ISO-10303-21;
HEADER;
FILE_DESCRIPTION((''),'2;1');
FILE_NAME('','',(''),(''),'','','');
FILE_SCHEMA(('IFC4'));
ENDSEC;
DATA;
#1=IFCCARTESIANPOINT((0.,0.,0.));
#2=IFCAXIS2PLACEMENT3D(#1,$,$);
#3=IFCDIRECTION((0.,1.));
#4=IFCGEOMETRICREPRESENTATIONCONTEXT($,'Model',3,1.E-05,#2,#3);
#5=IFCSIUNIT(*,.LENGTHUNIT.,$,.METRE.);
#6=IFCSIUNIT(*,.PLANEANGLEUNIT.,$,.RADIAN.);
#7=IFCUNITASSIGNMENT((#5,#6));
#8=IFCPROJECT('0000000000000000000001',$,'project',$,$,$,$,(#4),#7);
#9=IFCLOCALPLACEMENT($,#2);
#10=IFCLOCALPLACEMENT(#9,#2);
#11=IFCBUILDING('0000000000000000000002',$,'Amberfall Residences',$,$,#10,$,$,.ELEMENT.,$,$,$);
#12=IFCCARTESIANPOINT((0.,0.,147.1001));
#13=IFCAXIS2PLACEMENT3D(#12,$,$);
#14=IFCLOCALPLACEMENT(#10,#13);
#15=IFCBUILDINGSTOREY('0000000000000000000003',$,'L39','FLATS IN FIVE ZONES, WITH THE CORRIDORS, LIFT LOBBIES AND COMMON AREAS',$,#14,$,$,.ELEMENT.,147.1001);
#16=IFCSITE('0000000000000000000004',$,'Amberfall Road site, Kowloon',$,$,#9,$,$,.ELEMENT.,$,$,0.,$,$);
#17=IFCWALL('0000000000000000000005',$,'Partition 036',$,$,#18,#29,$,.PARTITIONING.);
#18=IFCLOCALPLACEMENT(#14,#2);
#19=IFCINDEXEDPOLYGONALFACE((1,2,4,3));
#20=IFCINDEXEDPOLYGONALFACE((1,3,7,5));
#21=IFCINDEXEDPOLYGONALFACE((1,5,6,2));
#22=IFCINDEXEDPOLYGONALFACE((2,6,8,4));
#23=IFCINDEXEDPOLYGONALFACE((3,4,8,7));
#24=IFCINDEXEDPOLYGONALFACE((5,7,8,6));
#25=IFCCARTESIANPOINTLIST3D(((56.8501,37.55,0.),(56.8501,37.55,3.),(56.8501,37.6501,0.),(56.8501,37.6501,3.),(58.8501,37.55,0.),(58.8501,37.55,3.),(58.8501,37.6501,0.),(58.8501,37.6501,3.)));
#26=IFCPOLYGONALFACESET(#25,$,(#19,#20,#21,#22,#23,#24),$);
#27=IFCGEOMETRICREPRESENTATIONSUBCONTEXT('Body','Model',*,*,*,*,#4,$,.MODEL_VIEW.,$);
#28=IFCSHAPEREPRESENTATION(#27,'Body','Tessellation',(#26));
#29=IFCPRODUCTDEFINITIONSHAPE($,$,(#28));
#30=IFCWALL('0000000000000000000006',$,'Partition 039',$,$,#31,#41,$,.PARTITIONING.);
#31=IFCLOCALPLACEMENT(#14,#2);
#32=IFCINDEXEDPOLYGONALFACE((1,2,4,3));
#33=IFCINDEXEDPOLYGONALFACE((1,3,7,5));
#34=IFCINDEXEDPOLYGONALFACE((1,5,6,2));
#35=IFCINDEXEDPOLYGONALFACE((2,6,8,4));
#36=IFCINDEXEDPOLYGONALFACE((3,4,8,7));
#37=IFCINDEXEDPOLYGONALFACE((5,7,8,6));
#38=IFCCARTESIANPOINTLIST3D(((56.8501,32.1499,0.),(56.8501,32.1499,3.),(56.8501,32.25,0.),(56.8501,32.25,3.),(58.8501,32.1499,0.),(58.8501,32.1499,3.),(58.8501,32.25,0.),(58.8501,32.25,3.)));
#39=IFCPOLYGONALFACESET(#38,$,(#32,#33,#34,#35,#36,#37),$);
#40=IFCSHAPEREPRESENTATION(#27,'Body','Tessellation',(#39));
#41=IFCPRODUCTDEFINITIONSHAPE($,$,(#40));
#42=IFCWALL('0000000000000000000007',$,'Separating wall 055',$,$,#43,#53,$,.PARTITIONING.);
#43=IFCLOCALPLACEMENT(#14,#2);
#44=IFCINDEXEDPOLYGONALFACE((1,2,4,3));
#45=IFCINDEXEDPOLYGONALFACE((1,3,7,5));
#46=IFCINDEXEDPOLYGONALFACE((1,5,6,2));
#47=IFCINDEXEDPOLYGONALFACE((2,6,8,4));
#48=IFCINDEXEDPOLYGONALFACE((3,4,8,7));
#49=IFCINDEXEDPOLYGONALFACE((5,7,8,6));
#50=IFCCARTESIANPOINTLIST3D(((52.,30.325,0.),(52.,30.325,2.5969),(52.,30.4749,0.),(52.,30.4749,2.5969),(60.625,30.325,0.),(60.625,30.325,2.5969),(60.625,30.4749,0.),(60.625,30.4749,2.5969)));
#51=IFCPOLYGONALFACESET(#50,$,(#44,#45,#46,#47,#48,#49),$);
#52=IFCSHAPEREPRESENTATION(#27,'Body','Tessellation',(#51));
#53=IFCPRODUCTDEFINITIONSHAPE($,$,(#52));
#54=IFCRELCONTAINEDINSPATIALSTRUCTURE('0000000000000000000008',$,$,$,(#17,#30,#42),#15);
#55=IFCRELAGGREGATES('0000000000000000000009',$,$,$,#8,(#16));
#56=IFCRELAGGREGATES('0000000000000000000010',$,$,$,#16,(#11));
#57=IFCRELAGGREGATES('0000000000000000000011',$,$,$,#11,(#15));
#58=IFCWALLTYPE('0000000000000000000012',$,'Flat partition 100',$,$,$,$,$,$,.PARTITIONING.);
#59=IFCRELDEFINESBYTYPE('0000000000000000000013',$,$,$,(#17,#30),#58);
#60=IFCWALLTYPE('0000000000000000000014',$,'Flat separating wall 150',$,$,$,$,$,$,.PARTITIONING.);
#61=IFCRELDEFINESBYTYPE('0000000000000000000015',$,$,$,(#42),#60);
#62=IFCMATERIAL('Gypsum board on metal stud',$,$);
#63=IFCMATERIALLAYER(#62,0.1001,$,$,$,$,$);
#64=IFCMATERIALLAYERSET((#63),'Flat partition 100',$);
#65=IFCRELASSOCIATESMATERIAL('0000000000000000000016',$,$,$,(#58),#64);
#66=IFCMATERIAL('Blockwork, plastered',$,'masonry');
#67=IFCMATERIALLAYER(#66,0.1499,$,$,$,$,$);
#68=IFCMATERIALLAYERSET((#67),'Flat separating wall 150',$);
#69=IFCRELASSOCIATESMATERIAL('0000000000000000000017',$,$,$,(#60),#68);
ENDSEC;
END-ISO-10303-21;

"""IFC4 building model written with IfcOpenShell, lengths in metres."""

from ifc_helpers import new_model, si_unit, direction, frame, frame_2d, origin, place, context, subcontext, project, spatial, rectangle, extrude, material, layer, layer_set, type_object, element, save


model = new_model("IFC4")

# Units and contexts
model_context = context("Model", 3, precision=1e-05, world=origin(), true_north=direction((0.0, 1.0)))
body_context = subcontext(model_context, "Body", "Model", "MODEL_VIEW")
ifc_project = project(units=[si_unit("LENGTHUNIT", "METRE"), si_unit("PLANEANGLEUNIT", "RADIAN")], contexts=[model_context])

# Site, building, storey
site_placement = place(None, origin())
site = spatial("IfcSite", under=ifc_project, at=site_placement, Name="Amberfall Road site, Kowloon", CompositionType="ELEMENT", RefElevation=0.0)
building_placement = place(site_placement, origin())
building = spatial("IfcBuilding", under=site, at=building_placement, Name="Amberfall Residences", CompositionType="ELEMENT")
storey_placement = place(building_placement, frame((0.0, 0.0, 147.1001)))
storey = spatial("IfcBuildingStorey", under=building, at=storey_placement, Name="L39", Description="FLATS IN FIVE ZONES, WITH THE CORRIDORS, LIFT LOBBIES AND COMMON AREAS", CompositionType="ELEMENT", Elevation=147.1001)

# Shared definitions
ifc_material_1 = material(Name="Gypsum board on metal stud")
ifc_layer_1 = layer(ifc_material_1, 0.1001)
ifc_layer_set_1 = layer_set([ifc_layer_1], Name="Flat partition 100")
wall_type_1 = type_object("IfcWallType", Name="Flat partition 100", PredefinedType="PARTITIONING", material=ifc_layer_set_1)

# Walls
for number, where, z_axis, x_axis, name in (
    (1, (56.8501, 37.6001, 0.0), (0.0, 0.0, 1.0), (1.0, 0.0, 0.0), "Partition 036"),
    (2, (56.8501, 32.2, 0.0), (0.0, 0.0, 1.0), (1.0, 0.0, 0.0), "Partition 039"),
):
    element("IfcWall", number, at=place(storey_placement, frame(where, z_axis=z_axis, x_axis=x_axis)), inside=storey, type_object=wall_type_1, Name=name, PredefinedType="PARTITIONING", context=body_context, shape_type="SweptSolid", body=[
        extrude(rectangle(XDim=2.0, YDim=0.1001, at=frame_2d((1.0, 0.0))), origin(), (0.0, 0.0, 1.0), 3.0),
    ])
ifc_material_2 = material(Name="Blockwork, plastered", Category="masonry")
ifc_layer_2 = layer(ifc_material_2, 0.1499)
ifc_layer_set_2 = layer_set([ifc_layer_2], Name="Flat separating wall 150")
wall_type_2 = type_object("IfcWallType", Name="Flat separating wall 150", PredefinedType="PARTITIONING", material=ifc_layer_set_2)
wall_1_placement = place(storey_placement, frame((52.0, 30.3999, 0.0), z_axis=(0.0, 0.0, 1.0), x_axis=(1.0, 0.0, 0.0)))
element("IfcWall", 3, at=wall_1_placement, inside=storey, type_object=wall_type_2, Name="Separating wall 055", PredefinedType="PARTITIONING", context=body_context, shape_type="SweptSolid", body=[
    extrude(rectangle(XDim=8.625, YDim=0.1499, at=frame_2d((4.3125, 0.0))), origin(), (0.0, 0.0, 1.0), 2.5969),
])

save(model, "model.ifc")
